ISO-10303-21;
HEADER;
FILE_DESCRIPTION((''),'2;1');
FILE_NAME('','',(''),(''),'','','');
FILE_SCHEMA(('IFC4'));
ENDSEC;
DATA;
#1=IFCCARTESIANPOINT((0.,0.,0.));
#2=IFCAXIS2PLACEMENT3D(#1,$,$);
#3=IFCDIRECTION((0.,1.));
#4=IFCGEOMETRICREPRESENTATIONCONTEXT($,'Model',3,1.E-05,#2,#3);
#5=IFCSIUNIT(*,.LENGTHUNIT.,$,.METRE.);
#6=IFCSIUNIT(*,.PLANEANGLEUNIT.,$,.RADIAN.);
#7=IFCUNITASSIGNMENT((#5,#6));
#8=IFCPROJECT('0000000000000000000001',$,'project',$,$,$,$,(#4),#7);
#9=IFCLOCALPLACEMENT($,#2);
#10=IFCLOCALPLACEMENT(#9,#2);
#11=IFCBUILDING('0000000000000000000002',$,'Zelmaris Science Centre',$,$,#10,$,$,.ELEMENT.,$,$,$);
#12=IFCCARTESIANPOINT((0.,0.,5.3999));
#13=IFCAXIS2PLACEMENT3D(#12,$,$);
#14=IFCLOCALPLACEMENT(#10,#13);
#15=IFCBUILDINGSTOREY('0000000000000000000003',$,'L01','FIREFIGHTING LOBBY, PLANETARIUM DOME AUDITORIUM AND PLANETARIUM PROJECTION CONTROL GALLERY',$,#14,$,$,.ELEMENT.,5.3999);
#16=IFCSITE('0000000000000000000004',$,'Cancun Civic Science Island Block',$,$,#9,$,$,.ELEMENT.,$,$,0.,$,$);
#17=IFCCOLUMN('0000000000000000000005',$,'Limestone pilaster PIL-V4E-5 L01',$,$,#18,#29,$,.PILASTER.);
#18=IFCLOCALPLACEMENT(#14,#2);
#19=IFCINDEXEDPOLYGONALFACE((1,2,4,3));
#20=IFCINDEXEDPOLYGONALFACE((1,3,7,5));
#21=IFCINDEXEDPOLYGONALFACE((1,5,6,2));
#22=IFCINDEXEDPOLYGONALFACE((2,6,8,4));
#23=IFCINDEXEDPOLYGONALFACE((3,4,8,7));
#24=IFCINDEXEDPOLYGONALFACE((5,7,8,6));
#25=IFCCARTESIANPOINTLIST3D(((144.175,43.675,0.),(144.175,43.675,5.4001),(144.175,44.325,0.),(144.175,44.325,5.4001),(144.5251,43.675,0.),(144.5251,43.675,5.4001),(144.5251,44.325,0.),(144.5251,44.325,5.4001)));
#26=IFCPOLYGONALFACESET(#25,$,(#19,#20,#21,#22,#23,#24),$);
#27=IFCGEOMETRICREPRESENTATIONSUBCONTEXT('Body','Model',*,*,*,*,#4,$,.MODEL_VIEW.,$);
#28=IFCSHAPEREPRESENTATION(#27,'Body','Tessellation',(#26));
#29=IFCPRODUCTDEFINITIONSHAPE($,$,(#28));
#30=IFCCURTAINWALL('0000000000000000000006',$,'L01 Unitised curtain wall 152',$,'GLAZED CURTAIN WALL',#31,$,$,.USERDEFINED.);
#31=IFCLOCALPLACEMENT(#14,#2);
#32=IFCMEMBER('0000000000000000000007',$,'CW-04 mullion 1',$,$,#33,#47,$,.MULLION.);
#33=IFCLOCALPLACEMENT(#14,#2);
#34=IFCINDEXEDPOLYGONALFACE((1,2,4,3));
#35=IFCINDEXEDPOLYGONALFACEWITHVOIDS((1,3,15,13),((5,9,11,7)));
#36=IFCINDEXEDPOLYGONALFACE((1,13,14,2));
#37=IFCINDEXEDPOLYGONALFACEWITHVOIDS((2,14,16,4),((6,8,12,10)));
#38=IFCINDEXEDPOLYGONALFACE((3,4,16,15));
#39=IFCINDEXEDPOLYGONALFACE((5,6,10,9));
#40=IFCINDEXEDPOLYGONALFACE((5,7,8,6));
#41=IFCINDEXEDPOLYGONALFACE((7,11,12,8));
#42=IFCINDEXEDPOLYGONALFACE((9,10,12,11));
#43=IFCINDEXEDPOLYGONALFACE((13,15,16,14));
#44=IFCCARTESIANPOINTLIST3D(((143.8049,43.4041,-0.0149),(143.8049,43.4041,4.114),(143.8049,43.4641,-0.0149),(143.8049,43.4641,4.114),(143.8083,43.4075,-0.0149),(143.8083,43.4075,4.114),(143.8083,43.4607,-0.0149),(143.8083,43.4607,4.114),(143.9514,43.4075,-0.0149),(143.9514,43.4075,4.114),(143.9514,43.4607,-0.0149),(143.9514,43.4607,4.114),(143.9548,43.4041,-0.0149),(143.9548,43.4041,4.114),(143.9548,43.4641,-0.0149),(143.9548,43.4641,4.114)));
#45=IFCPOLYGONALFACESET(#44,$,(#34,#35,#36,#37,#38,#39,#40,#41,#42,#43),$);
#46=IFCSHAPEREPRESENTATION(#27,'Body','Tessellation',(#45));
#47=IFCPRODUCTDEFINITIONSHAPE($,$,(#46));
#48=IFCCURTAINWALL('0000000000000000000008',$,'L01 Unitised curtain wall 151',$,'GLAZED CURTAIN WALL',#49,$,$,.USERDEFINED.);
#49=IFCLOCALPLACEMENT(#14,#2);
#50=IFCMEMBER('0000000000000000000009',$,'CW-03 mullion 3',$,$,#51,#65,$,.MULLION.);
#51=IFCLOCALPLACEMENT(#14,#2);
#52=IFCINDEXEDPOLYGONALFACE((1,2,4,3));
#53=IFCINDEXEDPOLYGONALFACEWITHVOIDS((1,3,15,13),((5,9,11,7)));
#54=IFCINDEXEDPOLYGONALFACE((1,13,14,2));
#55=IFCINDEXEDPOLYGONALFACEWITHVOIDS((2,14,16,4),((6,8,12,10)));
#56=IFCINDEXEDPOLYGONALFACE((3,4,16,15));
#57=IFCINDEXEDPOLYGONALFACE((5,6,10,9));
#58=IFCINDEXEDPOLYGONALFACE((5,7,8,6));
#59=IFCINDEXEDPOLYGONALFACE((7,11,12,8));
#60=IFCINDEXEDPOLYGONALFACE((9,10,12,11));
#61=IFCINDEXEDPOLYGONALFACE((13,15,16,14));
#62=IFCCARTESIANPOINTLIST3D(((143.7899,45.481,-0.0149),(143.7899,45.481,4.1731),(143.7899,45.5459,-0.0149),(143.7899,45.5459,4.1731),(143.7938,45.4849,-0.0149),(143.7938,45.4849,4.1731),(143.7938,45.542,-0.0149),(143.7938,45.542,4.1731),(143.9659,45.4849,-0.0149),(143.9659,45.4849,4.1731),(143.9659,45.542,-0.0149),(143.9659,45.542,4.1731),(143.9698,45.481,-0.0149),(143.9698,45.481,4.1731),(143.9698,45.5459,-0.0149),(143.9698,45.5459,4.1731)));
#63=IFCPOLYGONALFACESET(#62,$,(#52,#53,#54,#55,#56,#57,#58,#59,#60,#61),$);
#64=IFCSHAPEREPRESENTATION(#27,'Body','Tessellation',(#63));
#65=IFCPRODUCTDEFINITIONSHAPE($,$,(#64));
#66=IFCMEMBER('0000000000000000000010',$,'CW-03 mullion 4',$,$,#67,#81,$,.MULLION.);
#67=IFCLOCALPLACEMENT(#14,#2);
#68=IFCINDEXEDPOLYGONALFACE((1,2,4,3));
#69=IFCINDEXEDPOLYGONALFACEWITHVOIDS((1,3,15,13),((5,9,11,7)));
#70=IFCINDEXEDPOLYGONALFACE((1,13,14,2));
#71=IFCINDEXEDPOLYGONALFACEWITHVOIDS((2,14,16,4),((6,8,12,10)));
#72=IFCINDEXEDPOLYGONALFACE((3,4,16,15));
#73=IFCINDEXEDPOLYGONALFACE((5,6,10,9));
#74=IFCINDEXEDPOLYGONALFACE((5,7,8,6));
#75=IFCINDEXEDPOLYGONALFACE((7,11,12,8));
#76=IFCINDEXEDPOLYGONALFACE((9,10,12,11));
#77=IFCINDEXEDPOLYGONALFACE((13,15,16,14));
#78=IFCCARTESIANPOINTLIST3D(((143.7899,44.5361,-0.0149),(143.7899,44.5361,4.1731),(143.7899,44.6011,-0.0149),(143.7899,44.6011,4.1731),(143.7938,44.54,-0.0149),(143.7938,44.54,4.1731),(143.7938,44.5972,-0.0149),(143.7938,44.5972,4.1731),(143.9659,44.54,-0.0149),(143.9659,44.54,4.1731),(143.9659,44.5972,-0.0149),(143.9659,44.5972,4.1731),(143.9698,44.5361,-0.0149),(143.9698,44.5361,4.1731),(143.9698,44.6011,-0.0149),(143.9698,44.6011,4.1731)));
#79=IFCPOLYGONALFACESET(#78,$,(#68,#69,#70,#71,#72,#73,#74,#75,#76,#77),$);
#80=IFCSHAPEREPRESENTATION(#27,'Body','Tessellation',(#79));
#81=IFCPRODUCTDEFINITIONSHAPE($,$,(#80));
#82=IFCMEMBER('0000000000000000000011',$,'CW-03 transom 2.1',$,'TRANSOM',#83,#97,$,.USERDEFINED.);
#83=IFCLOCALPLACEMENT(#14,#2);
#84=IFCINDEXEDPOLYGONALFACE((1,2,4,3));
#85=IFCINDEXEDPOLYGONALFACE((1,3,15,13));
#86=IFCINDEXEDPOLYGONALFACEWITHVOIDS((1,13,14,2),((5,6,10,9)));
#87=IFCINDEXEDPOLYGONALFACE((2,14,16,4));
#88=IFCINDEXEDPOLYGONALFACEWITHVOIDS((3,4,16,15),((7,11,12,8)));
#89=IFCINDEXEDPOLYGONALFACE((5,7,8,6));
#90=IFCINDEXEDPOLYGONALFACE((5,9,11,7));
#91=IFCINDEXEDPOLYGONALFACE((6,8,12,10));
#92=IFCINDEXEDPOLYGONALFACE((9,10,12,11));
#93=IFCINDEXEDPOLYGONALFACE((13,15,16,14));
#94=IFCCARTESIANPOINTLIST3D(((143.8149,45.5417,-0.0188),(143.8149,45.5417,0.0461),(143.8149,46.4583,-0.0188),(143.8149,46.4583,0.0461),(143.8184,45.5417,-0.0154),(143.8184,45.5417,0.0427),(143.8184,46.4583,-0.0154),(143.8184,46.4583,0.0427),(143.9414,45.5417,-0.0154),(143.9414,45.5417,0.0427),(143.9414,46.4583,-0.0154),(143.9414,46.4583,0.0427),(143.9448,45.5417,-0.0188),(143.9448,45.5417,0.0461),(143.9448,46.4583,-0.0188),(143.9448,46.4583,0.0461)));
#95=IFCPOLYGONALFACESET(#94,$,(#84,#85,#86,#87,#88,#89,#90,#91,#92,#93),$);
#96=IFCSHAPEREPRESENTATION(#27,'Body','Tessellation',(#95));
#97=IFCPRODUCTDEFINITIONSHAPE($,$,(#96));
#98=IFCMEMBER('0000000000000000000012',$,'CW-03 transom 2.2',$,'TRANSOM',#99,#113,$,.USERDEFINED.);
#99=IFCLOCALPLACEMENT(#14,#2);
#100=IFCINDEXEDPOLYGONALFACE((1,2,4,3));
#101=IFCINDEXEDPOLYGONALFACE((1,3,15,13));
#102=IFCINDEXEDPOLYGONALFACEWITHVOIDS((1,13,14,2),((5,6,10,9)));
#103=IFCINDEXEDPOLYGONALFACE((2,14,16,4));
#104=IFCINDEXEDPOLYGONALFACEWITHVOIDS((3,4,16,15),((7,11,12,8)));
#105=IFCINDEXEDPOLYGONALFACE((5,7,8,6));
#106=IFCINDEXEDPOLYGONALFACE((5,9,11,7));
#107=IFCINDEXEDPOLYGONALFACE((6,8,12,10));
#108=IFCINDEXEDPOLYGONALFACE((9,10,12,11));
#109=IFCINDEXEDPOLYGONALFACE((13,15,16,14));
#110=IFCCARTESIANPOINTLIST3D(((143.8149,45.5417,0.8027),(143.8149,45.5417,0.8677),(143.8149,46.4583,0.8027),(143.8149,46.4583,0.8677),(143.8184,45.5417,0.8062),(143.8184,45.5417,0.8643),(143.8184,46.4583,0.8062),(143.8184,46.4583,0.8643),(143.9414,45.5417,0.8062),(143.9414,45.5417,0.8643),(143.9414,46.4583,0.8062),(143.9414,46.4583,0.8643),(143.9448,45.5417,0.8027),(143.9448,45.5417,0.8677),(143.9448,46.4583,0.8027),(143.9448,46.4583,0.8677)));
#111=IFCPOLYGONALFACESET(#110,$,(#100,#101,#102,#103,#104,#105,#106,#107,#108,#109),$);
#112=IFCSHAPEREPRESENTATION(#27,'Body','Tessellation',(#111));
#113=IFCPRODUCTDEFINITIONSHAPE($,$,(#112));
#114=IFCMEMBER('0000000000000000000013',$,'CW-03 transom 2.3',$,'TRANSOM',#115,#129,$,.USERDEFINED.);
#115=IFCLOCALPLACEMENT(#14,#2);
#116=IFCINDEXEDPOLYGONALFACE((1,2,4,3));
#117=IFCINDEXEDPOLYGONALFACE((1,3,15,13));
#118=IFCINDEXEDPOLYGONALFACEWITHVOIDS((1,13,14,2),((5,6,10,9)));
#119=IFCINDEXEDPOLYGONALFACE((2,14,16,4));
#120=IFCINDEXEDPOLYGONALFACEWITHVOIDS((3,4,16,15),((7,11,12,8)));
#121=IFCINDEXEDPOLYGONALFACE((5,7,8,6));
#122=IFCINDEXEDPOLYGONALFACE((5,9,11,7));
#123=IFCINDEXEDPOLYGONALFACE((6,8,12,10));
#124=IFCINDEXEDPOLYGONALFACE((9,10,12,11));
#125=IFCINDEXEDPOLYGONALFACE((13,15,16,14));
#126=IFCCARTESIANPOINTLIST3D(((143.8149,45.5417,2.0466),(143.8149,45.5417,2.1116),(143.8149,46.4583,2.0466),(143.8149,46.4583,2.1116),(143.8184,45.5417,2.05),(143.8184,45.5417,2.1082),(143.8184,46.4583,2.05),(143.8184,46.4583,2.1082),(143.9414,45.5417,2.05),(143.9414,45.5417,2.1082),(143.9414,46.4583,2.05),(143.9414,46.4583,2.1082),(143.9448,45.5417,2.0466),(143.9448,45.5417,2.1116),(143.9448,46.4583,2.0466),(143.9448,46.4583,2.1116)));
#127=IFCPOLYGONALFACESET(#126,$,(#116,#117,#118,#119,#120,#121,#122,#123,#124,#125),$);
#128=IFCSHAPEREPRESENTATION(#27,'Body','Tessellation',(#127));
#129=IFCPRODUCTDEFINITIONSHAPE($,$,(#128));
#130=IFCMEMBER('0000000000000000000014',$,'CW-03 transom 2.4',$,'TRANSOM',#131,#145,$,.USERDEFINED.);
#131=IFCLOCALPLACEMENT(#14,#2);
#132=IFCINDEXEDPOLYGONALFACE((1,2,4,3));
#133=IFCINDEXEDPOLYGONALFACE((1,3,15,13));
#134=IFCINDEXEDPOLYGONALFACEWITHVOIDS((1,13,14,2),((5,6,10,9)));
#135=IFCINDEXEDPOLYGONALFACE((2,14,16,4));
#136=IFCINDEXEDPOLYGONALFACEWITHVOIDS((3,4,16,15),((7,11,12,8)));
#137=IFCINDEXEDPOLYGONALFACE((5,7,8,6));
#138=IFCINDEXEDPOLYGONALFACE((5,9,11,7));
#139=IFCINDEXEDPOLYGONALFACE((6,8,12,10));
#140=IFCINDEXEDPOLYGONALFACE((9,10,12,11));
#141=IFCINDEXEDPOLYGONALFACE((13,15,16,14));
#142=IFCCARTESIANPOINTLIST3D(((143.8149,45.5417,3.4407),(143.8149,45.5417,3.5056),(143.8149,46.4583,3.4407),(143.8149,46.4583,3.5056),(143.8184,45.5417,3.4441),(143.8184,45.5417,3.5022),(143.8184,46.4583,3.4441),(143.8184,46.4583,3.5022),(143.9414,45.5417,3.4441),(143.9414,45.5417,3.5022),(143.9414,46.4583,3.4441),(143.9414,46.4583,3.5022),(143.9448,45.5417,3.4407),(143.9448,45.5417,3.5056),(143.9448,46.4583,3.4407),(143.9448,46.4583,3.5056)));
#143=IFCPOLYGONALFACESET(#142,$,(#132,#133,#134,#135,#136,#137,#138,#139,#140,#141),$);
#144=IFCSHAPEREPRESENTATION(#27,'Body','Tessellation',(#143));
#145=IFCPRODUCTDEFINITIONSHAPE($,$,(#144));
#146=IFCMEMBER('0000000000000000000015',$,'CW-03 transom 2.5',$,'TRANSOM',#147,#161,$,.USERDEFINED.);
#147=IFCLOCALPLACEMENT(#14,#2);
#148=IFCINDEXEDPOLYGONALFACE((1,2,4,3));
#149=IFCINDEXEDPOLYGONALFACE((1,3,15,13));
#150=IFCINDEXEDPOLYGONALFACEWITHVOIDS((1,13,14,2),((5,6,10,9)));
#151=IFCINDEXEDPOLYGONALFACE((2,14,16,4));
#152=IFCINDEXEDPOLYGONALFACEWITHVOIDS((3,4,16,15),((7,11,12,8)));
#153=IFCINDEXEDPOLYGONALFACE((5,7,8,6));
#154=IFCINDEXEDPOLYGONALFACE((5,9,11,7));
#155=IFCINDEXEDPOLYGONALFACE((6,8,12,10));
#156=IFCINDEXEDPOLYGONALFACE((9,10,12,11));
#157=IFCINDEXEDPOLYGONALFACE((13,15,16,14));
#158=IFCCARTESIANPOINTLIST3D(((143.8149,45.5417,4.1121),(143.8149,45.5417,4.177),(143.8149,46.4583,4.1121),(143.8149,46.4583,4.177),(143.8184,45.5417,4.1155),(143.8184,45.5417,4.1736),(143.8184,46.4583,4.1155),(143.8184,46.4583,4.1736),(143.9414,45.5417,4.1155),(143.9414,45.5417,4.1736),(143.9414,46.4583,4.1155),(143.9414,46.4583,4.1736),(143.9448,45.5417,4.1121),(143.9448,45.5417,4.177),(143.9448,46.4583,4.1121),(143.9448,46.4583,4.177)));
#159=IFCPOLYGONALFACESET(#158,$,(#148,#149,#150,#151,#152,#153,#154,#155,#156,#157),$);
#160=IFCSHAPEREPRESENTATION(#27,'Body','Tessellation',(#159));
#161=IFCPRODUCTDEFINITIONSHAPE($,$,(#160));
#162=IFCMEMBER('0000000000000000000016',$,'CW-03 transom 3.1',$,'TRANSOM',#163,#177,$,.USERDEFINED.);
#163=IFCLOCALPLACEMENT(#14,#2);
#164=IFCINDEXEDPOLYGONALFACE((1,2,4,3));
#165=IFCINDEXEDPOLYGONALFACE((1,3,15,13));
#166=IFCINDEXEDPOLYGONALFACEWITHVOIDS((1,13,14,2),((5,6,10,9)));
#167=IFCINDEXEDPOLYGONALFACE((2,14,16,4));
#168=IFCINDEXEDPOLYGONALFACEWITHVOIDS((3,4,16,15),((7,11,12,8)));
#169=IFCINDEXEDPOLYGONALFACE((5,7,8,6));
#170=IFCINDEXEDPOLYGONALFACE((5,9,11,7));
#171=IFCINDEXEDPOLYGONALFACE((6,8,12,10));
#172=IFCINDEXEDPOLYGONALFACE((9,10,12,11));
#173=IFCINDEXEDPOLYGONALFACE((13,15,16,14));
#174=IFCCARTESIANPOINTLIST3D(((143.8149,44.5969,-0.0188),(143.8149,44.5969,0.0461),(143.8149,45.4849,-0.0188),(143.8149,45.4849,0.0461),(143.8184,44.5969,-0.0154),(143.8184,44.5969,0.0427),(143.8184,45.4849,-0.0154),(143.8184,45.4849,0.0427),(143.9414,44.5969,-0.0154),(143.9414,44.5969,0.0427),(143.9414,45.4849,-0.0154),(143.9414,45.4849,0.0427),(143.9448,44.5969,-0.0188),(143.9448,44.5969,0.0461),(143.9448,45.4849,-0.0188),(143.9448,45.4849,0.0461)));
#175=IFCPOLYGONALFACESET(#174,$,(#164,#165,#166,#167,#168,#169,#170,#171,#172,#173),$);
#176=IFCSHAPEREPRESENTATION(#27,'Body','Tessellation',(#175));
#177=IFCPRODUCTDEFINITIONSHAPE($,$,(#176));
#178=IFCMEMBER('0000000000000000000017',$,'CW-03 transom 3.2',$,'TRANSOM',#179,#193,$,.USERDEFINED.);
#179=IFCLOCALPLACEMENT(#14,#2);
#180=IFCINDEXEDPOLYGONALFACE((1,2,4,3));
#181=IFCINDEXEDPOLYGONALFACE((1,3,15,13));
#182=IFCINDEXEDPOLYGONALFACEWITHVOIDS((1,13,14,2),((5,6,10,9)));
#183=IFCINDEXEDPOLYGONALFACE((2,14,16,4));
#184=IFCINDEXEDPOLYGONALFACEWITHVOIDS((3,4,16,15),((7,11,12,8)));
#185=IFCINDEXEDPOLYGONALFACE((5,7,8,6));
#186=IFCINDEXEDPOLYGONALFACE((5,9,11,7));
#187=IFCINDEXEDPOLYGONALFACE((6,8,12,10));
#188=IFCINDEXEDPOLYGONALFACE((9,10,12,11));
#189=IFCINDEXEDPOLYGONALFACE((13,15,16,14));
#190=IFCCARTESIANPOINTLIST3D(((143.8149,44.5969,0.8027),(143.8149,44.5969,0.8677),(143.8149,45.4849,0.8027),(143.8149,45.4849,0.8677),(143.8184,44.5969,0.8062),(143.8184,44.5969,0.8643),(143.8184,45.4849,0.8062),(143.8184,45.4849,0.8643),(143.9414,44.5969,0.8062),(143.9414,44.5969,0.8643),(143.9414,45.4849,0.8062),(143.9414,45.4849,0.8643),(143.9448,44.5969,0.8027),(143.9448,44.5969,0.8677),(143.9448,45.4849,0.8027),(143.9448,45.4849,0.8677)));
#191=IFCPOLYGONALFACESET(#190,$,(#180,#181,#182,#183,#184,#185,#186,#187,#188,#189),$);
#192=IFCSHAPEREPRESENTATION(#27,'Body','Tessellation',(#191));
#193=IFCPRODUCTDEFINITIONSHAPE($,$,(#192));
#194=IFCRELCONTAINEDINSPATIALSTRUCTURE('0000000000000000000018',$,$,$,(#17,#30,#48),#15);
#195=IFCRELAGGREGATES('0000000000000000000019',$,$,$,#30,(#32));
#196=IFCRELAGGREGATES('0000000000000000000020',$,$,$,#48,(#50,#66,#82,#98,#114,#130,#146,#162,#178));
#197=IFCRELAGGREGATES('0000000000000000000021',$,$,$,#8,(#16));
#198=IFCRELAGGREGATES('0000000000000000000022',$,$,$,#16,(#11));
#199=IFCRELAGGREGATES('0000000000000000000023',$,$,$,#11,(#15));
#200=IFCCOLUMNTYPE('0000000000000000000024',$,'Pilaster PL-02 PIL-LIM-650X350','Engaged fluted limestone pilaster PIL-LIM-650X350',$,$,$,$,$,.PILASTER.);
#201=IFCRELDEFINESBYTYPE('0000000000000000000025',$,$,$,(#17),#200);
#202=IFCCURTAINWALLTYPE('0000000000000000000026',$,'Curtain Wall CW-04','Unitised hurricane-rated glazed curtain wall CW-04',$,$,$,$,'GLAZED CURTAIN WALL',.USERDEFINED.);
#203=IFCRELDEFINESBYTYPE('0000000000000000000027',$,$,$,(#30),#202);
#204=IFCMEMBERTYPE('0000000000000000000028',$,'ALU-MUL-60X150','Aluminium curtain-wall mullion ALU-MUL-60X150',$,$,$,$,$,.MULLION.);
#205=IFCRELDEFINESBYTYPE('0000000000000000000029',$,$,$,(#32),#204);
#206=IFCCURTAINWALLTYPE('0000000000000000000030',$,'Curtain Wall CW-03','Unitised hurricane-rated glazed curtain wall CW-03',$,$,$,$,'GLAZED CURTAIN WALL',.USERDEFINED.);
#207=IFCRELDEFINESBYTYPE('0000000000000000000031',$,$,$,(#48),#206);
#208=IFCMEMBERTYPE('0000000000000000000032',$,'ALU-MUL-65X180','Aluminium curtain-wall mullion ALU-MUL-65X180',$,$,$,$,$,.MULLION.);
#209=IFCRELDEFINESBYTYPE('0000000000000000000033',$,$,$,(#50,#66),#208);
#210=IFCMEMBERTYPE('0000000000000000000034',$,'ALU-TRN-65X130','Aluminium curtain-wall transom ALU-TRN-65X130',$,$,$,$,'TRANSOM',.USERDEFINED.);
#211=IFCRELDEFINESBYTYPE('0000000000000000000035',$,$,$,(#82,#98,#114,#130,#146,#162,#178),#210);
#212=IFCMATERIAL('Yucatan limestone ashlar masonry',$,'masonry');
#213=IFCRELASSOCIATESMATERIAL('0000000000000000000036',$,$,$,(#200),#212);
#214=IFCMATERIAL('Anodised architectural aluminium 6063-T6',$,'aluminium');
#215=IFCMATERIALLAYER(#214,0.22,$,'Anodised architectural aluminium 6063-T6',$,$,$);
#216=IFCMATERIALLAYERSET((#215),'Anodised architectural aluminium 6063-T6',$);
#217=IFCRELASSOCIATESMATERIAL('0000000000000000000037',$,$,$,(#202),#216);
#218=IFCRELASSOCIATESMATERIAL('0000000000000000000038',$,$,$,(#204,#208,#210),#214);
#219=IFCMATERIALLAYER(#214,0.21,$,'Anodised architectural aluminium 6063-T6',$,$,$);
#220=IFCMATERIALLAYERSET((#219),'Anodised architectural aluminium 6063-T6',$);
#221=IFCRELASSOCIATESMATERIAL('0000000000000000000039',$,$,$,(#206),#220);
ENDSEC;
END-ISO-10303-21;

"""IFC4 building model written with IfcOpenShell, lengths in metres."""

from ifc_helpers import new_model, si_unit, direction, frame, origin, origin_2d, place, context, subcontext, project, spatial, rectangle, hollow_rectangle, extrude, material, layer, layer_set, material_profile, profile_set, type_object, element, aggregate, save


model = new_model("IFC4")

# Units and contexts
model_context = context("Model", 3, precision=1e-05, world=origin(), true_north=direction((0.0, 1.0)))
body_context = subcontext(model_context, "Body", "Model", "MODEL_VIEW")
ifc_project = project(units=[si_unit("LENGTHUNIT", "METRE"), si_unit("PLANEANGLEUNIT", "RADIAN")], contexts=[model_context])

# Site, building, storey
site_placement = place(None, origin())
site = spatial("IfcSite", under=ifc_project, at=site_placement, Name="Cancun Civic Science Island Block", CompositionType="ELEMENT", RefElevation=0.0)
building_placement = place(site_placement, origin())
building = spatial("IfcBuilding", under=site, at=building_placement, Name="Zelmaris Science Centre", CompositionType="ELEMENT")
storey_placement = place(building_placement, frame((0.0, 0.0, 5.3999)))
storey = spatial("IfcBuildingStorey", under=building, at=storey_placement, Name="L01", Description="FIREFIGHTING LOBBY, PLANETARIUM DOME AUDITORIUM AND PLANETARIUM PROJECTION CONTROL GALLERY", CompositionType="ELEMENT", Elevation=5.3999)

# Column
ifc_material_1 = material(Name="Yucatan limestone ashlar masonry", Category="masonry")
ifc_material_profile_1 = material_profile(ifc_material_1, rectangle(XDim=0.6499, YDim=0.3501, at=origin_2d()), Name="PIL-LIM-650X350")
ifc_profile_set_1 = profile_set([ifc_material_profile_1], Name="Yucatan limestone ashlar masonry")
column_type = type_object("IfcColumnType", Name="Pilaster PL-02 PIL-LIM-650X350", Description="Engaged fluted limestone pilaster PIL-LIM-650X350", PredefinedType="PILASTER", material=ifc_profile_set_1)
column_placement = place(storey_placement, frame((144.3501, 44.0, 0.0), z_axis=(0.0, 0.0, 1.0), x_axis=(0.0, 1.0, 0.0)))
element("IfcColumn", 1, at=column_placement, inside=storey, type_object=column_type, Name="Limestone pilaster PIL-V4E-5 L01", PredefinedType="PILASTER", context=body_context, shape_type="SweptSolid", body=[
    extrude(rectangle(XDim=0.6499, YDim=0.3501, at=origin_2d()), origin(), (0.0, 0.0, 1.0), 5.4001),
])

# Curtain wall, member
ifc_material_2 = material(Name="Anodised architectural aluminium 6063-T6", Category="aluminium")
ifc_layer_1 = layer(ifc_material_2, 0.22, Name="Anodised architectural aluminium 6063-T6")
ifc_layer_set_1 = layer_set([ifc_layer_1], Name="Anodised architectural aluminium 6063-T6")
curtain_wall_type_1 = type_object("IfcCurtainWallType", Name="Curtain Wall CW-04", Description="Unitised hurricane-rated glazed curtain wall CW-04", ElementType="GLAZED CURTAIN WALL", PredefinedType="USERDEFINED", material=ifc_layer_set_1)
curtain_wall_1_placement = place(storey_placement, origin())
curtain_wall_1 = element("IfcCurtainWall", 2, at=curtain_wall_1_placement, inside=storey, type_object=curtain_wall_type_1, Name="L01 Unitised curtain wall 152", ObjectType="GLAZED CURTAIN WALL", PredefinedType="USERDEFINED")
ifc_material_profile_2 = material_profile(ifc_material_2, hollow_rectangle(XDim=0.0601, YDim=0.1499, WallThickness=0.0034, at=origin_2d()), Name="ALU-MUL-60X150")
ifc_profile_set_2 = profile_set([ifc_material_profile_2], Name="Anodised architectural aluminium 6063-T6")
member_type_1 = type_object("IfcMemberType", Name="ALU-MUL-60X150", Description="Aluminium curtain-wall mullion ALU-MUL-60X150", PredefinedType="MULLION", material=ifc_profile_set_2)
member_1_placement = place(storey_placement, frame((143.8799, 43.4341, -0.0149), z_axis=(0.0, 0.0, 1.0), x_axis=(0.0, -1.0, 0.0)))
member_1 = element("IfcMember", 3, at=member_1_placement, type_object=member_type_1, Name="CW-04 mullion 1", PredefinedType="MULLION", context=body_context, shape_type="SweptSolid", body=[
    extrude(hollow_rectangle(XDim=0.0601, YDim=0.1499, WallThickness=0.0034, at=origin_2d()), origin(), (0.0, 0.0, 1.0), 4.1289),
])
aggregate(curtain_wall_1, [member_1])

# Curtain wall, members
ifc_layer_2 = layer(ifc_material_2, 0.21, Name="Anodised architectural aluminium 6063-T6")
ifc_layer_set_2 = layer_set([ifc_layer_2], Name="Anodised architectural aluminium 6063-T6")
curtain_wall_type_2 = type_object("IfcCurtainWallType", Name="Curtain Wall CW-03", Description="Unitised hurricane-rated glazed curtain wall CW-03", ElementType="GLAZED CURTAIN WALL", PredefinedType="USERDEFINED", material=ifc_layer_set_2)
curtain_wall_2_placement = place(storey_placement, origin())
curtain_wall_2 = element("IfcCurtainWall", 4, at=curtain_wall_2_placement, inside=storey, type_object=curtain_wall_type_2, Name="L01 Unitised curtain wall 151", ObjectType="GLAZED CURTAIN WALL", PredefinedType="USERDEFINED")
ifc_material_profile_3 = material_profile(ifc_material_2, hollow_rectangle(XDim=0.0649, YDim=0.1799, WallThickness=0.0039, at=origin_2d()), Name="ALU-MUL-65X180")
ifc_profile_set_3 = profile_set([ifc_material_profile_3], Name="Anodised architectural aluminium 6063-T6")
member_type_2 = type_object("IfcMemberType", Name="ALU-MUL-65X180", Description="Aluminium curtain-wall mullion ALU-MUL-65X180", PredefinedType="MULLION", material=ifc_profile_set_3)
member_2_placement = place(storey_placement, frame((143.8799, 45.5134, -0.0149), z_axis=(0.0, 0.0, 1.0), x_axis=(0.0, -1.0, 0.0)))
member_2 = element("IfcMember", 5, at=member_2_placement, type_object=member_type_2, Name="CW-03 mullion 3", PredefinedType="MULLION", context=body_context, shape_type="SweptSolid", body=[
    extrude(hollow_rectangle(XDim=0.0649, YDim=0.1799, WallThickness=0.0039, at=origin_2d()), origin(), (0.0, 0.0, 1.0), 4.188),
])
member_3_placement = place(storey_placement, frame((143.8799, 44.5686, -0.0149), z_axis=(0.0, 0.0, 1.0), x_axis=(0.0, -1.0, 0.0)))
member_3 = element("IfcMember", 6, at=member_3_placement, type_object=member_type_2, Name="CW-03 mullion 4", PredefinedType="MULLION", context=body_context, shape_type="SweptSolid", body=[
    extrude(hollow_rectangle(XDim=0.0649, YDim=0.1799, WallThickness=0.0039, at=origin_2d()), origin(), (0.0, 0.0, 1.0), 4.188),
])
ifc_material_profile_4 = material_profile(ifc_material_2, hollow_rectangle(XDim=0.0649, YDim=0.1299, WallThickness=0.0034, at=origin_2d()), Name="ALU-TRN-65X130")
ifc_profile_set_4 = profile_set([ifc_material_profile_4], Name="Anodised architectural aluminium 6063-T6")
member_type_3 = type_object("IfcMemberType", Name="ALU-TRN-65X130", Description="Aluminium curtain-wall transom ALU-TRN-65X130", ElementType="TRANSOM", PredefinedType="USERDEFINED", material=ifc_profile_set_4)
member_4_placement = place(storey_placement, frame((143.8799, 46.4583, 0.0137), z_axis=(0.0, -1.0, 0.0), x_axis=(0.0, 0.0, 1.0)))
member_4 = element("IfcMember", 7, at=member_4_placement, type_object=member_type_3, Name="CW-03 transom 2.1", ObjectType="TRANSOM", PredefinedType="USERDEFINED", context=body_context, shape_type="SweptSolid", body=[
    extrude(hollow_rectangle(XDim=0.0649, YDim=0.1299, WallThickness=0.0034, at=origin_2d()), origin(), (0.0, 0.0, 1.0), 0.9165),
])
member_5_placement = place(storey_placement, frame((143.8799, 46.4583, 0.8352), z_axis=(0.0, -1.0, 0.0), x_axis=(0.0, 0.0, 1.0)))
member_5 = element("IfcMember", 8, at=member_5_placement, type_object=member_type_3, Name="CW-03 transom 2.2", ObjectType="TRANSOM", PredefinedType="USERDEFINED", context=body_context, shape_type="SweptSolid", body=[
    extrude(hollow_rectangle(XDim=0.0649, YDim=0.1299, WallThickness=0.0034, at=origin_2d()), origin(), (0.0, 0.0, 1.0), 0.9165),
])
member_6_placement = place(storey_placement, frame((143.8799, 46.4583, 2.0791), z_axis=(0.0, -1.0, 0.0), x_axis=(0.0, 0.0, 1.0)))
member_6 = element("IfcMember", 9, at=member_6_placement, type_object=member_type_3, Name="CW-03 transom 2.3", ObjectType="TRANSOM", PredefinedType="USERDEFINED", context=body_context, shape_type="SweptSolid", body=[
    extrude(hollow_rectangle(XDim=0.0649, YDim=0.1299, WallThickness=0.0034, at=origin_2d()), origin(), (0.0, 0.0, 1.0), 0.9165),
])
member_7_placement = place(storey_placement, frame((143.8799, 46.4583, 3.4731), z_axis=(0.0, -1.0, 0.0), x_axis=(0.0, 0.0, 1.0)))
member_7 = element("IfcMember", 10, at=member_7_placement, type_object=member_type_3, Name="CW-03 transom 2.4", ObjectType="TRANSOM", PredefinedType="USERDEFINED", context=body_context, shape_type="SweptSolid", body=[
    extrude(hollow_rectangle(XDim=0.0649, YDim=0.1299, WallThickness=0.0034, at=origin_2d()), origin(), (0.0, 0.0, 1.0), 0.9165),
])
member_8_placement = place(storey_placement, frame((143.8799, 46.4583, 4.1445), z_axis=(0.0, -1.0, 0.0), x_axis=(0.0, 0.0, 1.0)))
member_8 = element("IfcMember", 11, at=member_8_placement, type_object=member_type_3, Name="CW-03 transom 2.5", ObjectType="TRANSOM", PredefinedType="USERDEFINED", context=body_context, shape_type="SweptSolid", body=[
    extrude(hollow_rectangle(XDim=0.0649, YDim=0.1299, WallThickness=0.0034, at=origin_2d()), origin(), (0.0, 0.0, 1.0), 0.9165),
])
member_9_placement = place(storey_placement, frame((143.8799, 45.4849, 0.0137), z_axis=(0.0, -1.0, 0.0), x_axis=(0.0, 0.0, 1.0)))
member_9 = element("IfcMember", 12, at=member_9_placement, type_object=member_type_3, Name="CW-03 transom 3.1", ObjectType="TRANSOM", PredefinedType="USERDEFINED", context=body_context, shape_type="SweptSolid", body=[
    extrude(hollow_rectangle(XDim=0.0649, YDim=0.1299, WallThickness=0.0034, at=origin_2d()), origin(), (0.0, 0.0, 1.0), 0.8879),
])
member_10_placement = place(storey_placement, frame((143.8799, 45.4849, 0.8352), z_axis=(0.0, -1.0, 0.0), x_axis=(0.0, 0.0, 1.0)))
member_10 = element("IfcMember", 13, at=member_10_placement, type_object=member_type_3, Name="CW-03 transom 3.2", ObjectType="TRANSOM", PredefinedType="USERDEFINED", context=body_context, shape_type="SweptSolid", body=[
    extrude(hollow_rectangle(XDim=0.0649, YDim=0.1299, WallThickness=0.0034, at=origin_2d()), origin(), (0.0, 0.0, 1.0), 0.8879),
])

aggregate(curtain_wall_2, [member_2, member_3, member_4, member_5, member_6, member_7, member_8, member_9, member_10])

save(model, "model.ifc")
